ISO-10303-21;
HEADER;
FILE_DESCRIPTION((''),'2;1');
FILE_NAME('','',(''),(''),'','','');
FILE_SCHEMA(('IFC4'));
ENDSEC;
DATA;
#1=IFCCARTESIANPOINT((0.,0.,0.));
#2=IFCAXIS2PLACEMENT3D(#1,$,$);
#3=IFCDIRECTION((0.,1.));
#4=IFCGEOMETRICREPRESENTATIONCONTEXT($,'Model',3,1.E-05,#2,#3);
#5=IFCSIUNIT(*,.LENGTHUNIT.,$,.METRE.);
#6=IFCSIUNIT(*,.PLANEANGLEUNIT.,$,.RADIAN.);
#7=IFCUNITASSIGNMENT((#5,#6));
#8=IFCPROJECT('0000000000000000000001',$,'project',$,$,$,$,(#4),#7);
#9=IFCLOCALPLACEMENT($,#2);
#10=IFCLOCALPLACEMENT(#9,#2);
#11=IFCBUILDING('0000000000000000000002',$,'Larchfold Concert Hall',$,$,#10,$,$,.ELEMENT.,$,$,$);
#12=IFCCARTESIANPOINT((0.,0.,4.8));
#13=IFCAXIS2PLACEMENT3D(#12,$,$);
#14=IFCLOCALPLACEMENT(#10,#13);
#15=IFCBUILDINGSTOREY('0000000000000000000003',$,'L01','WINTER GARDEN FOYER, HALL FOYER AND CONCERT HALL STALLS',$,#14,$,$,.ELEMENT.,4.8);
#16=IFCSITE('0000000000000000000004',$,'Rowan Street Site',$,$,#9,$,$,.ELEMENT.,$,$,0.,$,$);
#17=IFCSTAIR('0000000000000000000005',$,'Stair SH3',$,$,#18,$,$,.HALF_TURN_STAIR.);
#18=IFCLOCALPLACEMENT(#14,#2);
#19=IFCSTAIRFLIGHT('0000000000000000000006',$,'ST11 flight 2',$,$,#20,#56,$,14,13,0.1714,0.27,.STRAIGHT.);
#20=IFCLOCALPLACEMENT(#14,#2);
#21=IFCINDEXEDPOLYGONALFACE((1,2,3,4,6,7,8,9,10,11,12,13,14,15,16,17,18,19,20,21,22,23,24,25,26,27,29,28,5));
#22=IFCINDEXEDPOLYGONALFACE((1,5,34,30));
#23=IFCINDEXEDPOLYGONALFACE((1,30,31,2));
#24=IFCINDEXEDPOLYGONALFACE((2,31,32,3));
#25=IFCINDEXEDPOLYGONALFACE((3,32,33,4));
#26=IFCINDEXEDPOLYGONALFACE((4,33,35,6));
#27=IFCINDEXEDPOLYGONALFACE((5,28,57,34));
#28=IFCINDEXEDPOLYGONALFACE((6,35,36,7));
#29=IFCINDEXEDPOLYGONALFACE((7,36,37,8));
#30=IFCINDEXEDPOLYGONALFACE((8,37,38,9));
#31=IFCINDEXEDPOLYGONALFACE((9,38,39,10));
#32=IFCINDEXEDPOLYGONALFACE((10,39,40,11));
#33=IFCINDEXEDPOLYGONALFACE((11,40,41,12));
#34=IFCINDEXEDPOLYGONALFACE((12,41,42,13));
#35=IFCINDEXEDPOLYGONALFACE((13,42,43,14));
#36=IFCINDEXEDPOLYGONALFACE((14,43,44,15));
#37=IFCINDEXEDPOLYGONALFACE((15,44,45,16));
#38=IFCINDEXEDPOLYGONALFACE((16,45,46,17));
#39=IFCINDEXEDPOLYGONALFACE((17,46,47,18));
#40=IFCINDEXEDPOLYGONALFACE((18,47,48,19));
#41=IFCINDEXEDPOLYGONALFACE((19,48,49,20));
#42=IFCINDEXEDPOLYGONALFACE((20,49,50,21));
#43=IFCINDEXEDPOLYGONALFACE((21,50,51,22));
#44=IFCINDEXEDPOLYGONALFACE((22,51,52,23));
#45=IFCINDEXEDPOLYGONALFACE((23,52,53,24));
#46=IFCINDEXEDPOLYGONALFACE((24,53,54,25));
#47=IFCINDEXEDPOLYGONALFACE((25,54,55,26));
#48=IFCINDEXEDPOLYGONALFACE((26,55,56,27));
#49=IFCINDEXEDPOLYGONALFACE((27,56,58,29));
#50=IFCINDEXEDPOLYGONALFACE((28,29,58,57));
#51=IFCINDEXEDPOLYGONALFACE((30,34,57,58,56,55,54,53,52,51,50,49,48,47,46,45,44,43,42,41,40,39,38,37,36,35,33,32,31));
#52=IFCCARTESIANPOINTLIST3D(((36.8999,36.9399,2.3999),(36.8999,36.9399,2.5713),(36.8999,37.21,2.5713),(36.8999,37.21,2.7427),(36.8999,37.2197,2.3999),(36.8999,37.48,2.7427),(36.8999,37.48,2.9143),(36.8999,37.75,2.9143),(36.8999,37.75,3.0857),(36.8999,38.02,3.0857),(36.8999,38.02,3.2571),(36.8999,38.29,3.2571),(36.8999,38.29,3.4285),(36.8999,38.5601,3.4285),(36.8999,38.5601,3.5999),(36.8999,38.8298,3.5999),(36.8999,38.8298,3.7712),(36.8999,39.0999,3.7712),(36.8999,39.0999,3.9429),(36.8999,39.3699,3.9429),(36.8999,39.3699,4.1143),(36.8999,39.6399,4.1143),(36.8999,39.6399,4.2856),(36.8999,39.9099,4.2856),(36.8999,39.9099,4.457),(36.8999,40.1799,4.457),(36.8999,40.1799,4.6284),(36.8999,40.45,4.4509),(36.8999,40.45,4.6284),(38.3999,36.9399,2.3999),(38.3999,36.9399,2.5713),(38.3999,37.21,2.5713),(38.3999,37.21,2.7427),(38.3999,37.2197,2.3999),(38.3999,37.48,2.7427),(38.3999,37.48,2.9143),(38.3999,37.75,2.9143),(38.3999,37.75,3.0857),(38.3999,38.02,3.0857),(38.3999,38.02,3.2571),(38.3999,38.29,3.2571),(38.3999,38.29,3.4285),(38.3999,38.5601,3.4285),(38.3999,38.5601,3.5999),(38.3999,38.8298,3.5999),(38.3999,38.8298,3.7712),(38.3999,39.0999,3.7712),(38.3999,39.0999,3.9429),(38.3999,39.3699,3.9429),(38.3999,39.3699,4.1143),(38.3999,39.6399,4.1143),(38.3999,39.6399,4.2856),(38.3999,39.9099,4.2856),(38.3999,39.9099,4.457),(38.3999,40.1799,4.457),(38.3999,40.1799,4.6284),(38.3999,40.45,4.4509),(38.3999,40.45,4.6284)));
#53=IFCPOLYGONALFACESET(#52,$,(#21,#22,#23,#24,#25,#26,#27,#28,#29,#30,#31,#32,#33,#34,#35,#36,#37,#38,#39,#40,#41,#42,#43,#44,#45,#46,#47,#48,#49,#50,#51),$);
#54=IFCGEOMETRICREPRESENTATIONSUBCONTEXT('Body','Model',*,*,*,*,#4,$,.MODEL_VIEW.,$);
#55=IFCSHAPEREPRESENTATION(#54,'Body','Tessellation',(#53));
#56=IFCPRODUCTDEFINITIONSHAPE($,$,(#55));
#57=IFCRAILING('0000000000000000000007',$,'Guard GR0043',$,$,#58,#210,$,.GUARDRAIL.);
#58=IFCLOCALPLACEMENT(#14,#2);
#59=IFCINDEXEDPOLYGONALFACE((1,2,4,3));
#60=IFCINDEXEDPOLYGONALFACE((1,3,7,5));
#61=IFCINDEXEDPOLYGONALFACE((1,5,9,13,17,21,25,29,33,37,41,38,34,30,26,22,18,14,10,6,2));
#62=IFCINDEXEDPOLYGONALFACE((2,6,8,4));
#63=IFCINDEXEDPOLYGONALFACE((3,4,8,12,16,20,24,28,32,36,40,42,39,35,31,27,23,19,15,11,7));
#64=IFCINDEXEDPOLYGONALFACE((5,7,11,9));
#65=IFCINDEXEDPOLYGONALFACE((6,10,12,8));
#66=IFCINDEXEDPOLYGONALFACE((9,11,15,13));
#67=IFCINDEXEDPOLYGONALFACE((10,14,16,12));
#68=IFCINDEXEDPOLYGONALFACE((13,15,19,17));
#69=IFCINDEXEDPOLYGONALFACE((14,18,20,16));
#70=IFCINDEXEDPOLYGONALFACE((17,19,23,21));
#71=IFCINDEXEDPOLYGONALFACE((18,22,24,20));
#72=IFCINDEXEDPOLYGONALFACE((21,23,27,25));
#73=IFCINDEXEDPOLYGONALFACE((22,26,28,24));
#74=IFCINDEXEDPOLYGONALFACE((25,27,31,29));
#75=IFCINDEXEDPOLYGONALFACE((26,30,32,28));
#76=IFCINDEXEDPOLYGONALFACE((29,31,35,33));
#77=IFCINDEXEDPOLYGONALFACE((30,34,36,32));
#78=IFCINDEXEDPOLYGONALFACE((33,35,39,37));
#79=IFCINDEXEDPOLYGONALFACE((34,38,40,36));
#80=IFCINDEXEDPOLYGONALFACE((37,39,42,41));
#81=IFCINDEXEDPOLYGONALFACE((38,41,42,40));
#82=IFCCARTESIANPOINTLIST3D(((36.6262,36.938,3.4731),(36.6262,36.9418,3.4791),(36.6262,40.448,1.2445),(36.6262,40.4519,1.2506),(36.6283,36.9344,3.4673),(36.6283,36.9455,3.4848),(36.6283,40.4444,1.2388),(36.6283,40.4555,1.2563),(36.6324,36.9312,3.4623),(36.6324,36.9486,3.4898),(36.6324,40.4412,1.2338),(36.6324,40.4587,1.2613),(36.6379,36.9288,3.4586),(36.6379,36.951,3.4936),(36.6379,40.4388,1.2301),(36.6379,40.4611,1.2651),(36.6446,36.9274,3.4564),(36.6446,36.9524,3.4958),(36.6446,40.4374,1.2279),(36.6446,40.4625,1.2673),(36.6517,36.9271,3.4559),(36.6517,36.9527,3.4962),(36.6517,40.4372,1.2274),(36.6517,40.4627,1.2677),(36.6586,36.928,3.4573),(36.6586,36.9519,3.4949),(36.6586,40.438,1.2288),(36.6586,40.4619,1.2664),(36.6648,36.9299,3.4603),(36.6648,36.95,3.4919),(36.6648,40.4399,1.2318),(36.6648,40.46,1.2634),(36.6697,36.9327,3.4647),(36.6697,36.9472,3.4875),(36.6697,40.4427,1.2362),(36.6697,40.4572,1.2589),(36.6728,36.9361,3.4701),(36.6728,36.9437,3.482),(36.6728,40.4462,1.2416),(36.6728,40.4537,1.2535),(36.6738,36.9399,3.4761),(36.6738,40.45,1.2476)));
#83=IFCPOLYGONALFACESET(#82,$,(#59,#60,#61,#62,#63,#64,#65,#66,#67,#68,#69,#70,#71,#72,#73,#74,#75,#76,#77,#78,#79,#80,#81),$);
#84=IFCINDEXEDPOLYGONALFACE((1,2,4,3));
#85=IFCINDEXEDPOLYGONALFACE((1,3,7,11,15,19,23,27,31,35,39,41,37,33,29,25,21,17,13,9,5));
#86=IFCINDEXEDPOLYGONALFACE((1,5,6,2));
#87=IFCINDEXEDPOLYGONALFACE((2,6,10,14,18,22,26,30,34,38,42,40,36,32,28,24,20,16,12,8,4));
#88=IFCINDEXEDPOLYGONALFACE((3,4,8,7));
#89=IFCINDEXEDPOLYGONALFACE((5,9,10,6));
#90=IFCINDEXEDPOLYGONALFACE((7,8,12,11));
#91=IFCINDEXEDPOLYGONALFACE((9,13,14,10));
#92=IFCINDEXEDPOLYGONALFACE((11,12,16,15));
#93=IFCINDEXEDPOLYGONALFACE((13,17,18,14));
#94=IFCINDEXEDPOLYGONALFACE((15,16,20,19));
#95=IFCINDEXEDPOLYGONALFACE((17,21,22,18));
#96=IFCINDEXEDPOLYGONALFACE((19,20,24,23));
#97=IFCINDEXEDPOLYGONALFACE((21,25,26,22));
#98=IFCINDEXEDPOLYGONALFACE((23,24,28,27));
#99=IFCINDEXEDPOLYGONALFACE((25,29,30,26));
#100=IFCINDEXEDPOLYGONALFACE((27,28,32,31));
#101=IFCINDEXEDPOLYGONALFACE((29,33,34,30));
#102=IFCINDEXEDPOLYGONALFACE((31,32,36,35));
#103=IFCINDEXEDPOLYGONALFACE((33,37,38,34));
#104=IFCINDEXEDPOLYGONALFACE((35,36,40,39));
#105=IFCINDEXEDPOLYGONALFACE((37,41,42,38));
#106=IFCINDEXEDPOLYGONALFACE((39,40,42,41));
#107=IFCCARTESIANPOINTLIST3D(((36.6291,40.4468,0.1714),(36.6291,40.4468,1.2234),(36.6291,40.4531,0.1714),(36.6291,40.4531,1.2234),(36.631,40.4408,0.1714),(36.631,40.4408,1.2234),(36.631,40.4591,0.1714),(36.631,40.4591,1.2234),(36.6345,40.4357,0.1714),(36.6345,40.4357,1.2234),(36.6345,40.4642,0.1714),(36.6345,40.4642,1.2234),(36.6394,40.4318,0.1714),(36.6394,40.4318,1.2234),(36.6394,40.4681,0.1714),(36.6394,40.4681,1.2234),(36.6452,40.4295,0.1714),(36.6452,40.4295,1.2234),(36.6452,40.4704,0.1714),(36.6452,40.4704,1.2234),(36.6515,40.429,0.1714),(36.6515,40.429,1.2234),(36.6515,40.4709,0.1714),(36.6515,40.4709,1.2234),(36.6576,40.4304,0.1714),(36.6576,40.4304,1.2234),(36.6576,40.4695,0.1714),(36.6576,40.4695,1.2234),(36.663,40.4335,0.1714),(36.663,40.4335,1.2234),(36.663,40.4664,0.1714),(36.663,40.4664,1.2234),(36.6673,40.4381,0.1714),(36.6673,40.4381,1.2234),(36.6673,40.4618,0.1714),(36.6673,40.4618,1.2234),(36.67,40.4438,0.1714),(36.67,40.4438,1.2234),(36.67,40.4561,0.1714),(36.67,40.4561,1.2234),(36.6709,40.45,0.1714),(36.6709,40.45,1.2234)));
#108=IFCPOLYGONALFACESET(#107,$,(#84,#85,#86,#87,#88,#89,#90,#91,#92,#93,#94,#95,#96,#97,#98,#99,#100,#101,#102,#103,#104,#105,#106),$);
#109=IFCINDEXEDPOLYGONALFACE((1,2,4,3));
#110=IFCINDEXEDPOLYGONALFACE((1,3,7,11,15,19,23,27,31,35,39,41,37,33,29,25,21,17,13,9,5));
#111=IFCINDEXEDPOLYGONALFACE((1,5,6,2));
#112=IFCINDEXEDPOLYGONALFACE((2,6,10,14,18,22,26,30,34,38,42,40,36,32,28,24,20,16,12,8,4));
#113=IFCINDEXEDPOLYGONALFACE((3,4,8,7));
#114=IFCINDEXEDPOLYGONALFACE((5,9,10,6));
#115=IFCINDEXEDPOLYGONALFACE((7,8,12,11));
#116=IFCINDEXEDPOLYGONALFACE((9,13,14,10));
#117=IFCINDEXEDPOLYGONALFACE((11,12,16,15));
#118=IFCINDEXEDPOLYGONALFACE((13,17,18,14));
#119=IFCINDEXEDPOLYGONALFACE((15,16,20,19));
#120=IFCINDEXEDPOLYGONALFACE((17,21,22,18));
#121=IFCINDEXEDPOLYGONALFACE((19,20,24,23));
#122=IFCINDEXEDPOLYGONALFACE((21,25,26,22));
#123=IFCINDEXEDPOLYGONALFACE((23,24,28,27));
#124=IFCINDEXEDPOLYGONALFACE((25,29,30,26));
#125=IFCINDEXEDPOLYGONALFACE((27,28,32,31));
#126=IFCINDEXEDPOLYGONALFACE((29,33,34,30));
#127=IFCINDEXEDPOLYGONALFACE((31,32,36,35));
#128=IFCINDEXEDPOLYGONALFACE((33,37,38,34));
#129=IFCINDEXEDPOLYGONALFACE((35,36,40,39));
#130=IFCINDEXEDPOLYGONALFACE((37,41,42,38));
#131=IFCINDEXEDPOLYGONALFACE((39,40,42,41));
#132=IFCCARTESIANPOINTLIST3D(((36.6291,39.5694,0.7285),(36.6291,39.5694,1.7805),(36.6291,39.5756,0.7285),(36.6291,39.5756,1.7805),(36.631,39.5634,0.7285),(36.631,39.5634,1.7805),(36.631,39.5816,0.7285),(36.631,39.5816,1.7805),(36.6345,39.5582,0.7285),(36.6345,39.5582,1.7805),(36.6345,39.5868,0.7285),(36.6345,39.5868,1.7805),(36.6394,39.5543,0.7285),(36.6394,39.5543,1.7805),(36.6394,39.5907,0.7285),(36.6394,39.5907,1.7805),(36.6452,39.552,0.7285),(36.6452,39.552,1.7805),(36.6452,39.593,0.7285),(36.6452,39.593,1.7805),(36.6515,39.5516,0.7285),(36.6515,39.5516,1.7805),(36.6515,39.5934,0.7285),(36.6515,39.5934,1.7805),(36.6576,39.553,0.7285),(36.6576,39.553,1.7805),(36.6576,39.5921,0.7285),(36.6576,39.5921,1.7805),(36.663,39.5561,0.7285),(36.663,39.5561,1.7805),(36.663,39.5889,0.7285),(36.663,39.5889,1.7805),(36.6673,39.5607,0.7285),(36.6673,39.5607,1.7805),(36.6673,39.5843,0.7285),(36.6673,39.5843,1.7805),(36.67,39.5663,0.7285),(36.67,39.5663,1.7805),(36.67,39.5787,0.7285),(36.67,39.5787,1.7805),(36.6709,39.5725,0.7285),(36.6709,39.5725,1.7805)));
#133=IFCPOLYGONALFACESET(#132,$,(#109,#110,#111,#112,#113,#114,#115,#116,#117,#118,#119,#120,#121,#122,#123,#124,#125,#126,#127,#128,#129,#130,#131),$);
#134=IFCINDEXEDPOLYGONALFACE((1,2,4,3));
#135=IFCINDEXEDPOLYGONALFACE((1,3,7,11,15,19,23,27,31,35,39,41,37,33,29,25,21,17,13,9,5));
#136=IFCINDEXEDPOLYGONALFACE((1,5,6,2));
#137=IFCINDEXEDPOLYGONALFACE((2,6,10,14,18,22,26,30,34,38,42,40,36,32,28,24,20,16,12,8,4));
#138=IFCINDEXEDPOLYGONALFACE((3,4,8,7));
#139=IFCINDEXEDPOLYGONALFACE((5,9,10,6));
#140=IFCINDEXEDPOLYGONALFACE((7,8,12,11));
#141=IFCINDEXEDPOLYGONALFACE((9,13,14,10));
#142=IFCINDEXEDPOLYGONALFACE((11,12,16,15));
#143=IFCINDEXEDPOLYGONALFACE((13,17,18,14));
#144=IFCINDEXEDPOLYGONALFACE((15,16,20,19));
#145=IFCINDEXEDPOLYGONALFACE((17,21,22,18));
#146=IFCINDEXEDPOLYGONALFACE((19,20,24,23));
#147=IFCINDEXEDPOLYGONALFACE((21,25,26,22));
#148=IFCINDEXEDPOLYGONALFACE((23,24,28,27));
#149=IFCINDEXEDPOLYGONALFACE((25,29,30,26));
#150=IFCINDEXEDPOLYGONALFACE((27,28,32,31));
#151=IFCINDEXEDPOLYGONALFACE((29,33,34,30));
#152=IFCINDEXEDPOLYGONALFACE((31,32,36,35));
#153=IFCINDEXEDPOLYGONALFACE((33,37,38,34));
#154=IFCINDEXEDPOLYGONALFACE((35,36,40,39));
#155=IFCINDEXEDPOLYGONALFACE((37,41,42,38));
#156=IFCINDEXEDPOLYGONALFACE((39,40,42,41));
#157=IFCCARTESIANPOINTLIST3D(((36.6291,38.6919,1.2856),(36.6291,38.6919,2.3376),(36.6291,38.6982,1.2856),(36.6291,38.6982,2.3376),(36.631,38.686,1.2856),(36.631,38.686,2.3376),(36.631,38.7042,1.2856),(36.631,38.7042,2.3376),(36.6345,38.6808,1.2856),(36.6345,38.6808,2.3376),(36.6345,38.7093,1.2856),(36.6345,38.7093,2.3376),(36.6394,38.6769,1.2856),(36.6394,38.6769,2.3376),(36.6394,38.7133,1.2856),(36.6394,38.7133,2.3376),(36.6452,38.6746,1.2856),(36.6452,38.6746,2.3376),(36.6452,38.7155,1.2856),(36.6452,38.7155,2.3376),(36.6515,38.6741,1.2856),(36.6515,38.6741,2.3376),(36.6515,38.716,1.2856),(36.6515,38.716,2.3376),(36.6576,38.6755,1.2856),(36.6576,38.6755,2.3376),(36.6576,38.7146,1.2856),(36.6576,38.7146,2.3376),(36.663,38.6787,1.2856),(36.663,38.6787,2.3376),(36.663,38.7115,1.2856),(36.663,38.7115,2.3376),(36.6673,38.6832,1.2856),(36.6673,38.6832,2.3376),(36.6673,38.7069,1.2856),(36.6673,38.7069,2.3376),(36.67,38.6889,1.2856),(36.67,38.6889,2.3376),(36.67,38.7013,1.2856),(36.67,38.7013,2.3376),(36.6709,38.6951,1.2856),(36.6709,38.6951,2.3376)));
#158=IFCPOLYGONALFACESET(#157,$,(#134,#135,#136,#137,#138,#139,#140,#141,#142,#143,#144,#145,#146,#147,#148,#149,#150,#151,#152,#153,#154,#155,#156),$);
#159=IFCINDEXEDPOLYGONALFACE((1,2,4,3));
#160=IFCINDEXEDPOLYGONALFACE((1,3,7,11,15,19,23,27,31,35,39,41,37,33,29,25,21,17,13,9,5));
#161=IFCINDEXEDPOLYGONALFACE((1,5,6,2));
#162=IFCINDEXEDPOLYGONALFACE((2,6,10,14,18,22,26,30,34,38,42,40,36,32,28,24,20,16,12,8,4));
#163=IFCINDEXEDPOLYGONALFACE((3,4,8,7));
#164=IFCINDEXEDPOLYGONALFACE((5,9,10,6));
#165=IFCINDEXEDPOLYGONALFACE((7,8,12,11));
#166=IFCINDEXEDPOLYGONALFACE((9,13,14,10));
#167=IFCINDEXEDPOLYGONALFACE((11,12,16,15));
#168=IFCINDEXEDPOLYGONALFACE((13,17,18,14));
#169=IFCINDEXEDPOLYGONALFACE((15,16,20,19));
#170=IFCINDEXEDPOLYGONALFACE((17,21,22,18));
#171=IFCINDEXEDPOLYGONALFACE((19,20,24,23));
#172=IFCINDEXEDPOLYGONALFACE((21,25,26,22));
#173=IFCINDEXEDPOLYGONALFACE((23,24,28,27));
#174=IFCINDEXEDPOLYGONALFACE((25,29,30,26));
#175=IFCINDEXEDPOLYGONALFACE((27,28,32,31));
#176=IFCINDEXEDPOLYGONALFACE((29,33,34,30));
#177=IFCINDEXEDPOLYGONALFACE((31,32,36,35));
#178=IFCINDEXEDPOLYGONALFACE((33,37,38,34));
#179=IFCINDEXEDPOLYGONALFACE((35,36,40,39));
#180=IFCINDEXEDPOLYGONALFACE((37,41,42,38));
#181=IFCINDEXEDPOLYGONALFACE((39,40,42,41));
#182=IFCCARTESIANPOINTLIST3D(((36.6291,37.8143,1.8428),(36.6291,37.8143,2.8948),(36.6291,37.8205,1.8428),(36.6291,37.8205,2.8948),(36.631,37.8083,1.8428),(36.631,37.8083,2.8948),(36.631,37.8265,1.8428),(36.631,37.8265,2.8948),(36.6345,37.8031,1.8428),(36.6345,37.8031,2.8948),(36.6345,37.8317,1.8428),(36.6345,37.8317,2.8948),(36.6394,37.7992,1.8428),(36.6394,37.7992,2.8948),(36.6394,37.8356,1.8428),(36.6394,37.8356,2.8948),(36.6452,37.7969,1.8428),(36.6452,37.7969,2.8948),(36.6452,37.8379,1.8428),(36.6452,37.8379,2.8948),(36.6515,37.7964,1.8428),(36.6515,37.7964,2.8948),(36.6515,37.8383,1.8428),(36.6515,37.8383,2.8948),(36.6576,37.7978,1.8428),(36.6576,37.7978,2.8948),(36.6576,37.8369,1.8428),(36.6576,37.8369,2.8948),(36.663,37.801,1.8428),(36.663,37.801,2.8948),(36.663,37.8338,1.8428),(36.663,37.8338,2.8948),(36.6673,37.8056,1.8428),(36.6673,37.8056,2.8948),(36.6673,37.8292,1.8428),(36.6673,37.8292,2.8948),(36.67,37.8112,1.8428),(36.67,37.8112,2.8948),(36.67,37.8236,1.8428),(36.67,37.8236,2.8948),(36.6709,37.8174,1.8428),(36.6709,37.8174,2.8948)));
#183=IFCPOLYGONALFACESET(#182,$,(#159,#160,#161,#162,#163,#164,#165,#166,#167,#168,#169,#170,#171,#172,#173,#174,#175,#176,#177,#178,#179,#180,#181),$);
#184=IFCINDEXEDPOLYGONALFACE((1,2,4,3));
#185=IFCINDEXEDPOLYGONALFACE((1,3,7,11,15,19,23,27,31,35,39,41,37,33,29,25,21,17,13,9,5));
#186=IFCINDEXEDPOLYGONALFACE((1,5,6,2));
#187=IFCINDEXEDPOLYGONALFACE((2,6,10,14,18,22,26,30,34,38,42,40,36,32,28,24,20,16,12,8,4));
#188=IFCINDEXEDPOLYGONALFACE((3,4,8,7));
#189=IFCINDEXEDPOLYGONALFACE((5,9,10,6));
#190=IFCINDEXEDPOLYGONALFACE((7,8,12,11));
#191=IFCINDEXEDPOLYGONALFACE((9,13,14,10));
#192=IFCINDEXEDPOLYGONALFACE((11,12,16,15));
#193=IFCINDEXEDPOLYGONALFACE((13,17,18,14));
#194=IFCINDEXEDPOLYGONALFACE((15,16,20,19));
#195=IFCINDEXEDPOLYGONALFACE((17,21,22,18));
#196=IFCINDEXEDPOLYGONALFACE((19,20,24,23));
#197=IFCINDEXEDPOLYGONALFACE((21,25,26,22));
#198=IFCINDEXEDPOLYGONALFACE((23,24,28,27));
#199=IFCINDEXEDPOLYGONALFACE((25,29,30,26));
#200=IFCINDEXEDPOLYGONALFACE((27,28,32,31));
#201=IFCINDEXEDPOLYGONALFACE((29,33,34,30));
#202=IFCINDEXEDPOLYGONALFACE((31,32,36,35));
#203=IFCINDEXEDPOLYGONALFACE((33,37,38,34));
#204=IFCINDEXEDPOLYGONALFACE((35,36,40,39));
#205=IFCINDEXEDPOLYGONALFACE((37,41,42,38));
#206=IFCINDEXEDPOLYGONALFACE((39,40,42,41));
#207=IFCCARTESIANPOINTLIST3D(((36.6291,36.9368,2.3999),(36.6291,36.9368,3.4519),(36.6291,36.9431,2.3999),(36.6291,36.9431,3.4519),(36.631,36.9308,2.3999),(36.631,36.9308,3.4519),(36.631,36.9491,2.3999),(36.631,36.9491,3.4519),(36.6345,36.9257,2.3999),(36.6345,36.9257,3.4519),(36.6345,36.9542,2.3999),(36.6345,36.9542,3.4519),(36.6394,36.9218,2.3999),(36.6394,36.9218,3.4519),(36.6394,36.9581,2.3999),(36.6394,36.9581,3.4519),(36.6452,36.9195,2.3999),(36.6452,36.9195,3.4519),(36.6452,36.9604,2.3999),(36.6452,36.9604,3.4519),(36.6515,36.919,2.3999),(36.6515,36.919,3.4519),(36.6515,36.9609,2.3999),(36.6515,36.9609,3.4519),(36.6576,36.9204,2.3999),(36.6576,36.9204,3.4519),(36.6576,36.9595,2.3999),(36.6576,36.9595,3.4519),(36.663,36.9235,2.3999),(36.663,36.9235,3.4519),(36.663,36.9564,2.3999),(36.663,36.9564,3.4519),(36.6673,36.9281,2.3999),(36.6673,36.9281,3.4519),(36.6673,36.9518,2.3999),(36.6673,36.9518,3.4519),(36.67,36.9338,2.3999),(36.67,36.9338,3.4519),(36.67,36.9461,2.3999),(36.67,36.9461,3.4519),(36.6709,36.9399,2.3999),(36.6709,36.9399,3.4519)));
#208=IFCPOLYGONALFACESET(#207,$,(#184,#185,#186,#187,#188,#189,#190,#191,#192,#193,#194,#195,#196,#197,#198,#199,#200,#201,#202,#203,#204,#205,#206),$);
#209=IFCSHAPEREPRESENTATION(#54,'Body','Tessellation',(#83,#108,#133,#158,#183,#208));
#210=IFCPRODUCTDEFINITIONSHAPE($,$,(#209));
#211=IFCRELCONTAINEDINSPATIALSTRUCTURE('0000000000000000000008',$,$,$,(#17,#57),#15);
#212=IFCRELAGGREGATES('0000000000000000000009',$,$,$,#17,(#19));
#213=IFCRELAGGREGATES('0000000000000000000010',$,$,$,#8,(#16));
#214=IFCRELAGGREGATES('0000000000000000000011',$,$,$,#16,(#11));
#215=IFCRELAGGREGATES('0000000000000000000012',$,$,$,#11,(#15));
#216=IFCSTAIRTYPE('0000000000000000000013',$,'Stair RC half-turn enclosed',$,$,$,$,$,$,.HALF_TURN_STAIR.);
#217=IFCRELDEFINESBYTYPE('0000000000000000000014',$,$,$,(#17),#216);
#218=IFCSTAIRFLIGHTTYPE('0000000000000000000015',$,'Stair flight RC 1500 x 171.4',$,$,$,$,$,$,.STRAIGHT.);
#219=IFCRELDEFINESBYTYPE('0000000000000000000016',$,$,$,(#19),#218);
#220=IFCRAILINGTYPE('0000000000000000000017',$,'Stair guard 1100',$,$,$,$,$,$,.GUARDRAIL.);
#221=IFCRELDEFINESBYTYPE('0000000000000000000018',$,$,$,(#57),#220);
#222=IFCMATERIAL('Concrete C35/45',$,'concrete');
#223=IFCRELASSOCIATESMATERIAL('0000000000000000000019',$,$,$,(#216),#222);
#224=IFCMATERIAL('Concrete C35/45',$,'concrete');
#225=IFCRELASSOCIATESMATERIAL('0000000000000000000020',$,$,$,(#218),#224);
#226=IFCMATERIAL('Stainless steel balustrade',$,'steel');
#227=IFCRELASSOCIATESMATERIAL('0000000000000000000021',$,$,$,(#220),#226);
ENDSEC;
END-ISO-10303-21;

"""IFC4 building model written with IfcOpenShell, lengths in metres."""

from ifc_helpers import new_model, si_unit, direction, frame, origin, origin_2d, place, context, subcontext, project, spatial, polyline, circle, outline, extrude, material, type_object, element, aggregate, save


model = new_model("IFC4")

# Units and contexts
model_context = context("Model", 3, precision=1e-05, world=origin(), true_north=direction((0.0, 1.0)))
body_context = subcontext(model_context, "Body", "Model", "MODEL_VIEW")
ifc_project = project(units=[si_unit("LENGTHUNIT", "METRE"), si_unit("PLANEANGLEUNIT", "RADIAN")], contexts=[model_context])

# Site, building, storey
site_placement = place(None, origin())
site = spatial("IfcSite", under=ifc_project, at=site_placement, Name="Rowan Street Site", CompositionType="ELEMENT", RefElevation=0.0)
building_placement = place(site_placement, origin())
building = spatial("IfcBuilding", under=site, at=building_placement, Name="Larchfold Concert Hall", CompositionType="ELEMENT")
storey_placement = place(building_placement, frame((0.0, 0.0, 4.8)))
storey = spatial("IfcBuildingStorey", under=building, at=storey_placement, Name="L01", Description="WINTER GARDEN FOYER, HALL FOYER AND CONCERT HALL STALLS", CompositionType="ELEMENT", Elevation=4.8)

# Stair, stair flight
ifc_material_1 = material(Name="Concrete C35/45", Category="concrete")
stair_type = type_object("IfcStairType", Name="Stair RC half-turn enclosed", PredefinedType="HALF_TURN_STAIR", material=ifc_material_1)
stair_placement = place(storey_placement, origin())
stair = element("IfcStair", 1, at=stair_placement, inside=storey, type_object=stair_type, Name="Stair SH3", PredefinedType="HALF_TURN_STAIR")
ifc_material_2 = material(Name="Concrete C35/45", Category="concrete")
stair_flight_type = type_object("IfcStairFlightType", Name="Stair flight RC 1500 x 171.4", PredefinedType="STRAIGHT", material=ifc_material_2)
stair_flight_1_placement = place(storey_placement, frame((37.6499, 36.9399, 2.3999), z_axis=(0.0, 0.0, 1.0), x_axis=(0.0, 1.0, 0.0)))
stair_flight_1 = element("IfcStairFlight", 2, at=stair_flight_1_placement, type_object=stair_flight_type, Name="ST11 flight 2", NumberOfRisers=14, NumberOfTreads=13, PredefinedType="STRAIGHT", RiserHeight=0.1714, TreadLength=0.27, context=body_context, shape_type="SweptSolid", body=[
    extrude(outline(polyline([(0.0, 0.0), (0.0, 0.1714), (0.27, 0.1714), (0.27, 0.3428), (0.54, 0.3428), (0.54, 0.5144), (0.8101, 0.5144), (0.8101, 0.6858), (1.0801, 0.6858), (1.0801, 0.8572), (1.3501, 0.8572), (1.3501, 1.0286), (1.6201, 1.0286), (1.6201, 1.2), (1.8899, 1.2), (1.8899, 1.3713), (2.1599, 1.3713), (2.1599, 1.543), (2.4299, 1.543), (2.4299, 1.7144), (2.7, 1.7144), (2.7, 1.8857), (2.97, 1.8857), (2.97, 2.0571), (3.24, 2.0571), (3.24, 2.2285), (3.51, 2.2285), (3.51, 2.3999), (3.51, 2.051), (0.2798, 0.0), (0.0, 0.0)])), frame((0.0, 0.75, 0.0), z_axis=(0.0, -1.0, 0.0), x_axis=(1.0, 0.0, 0.0)), (0.0, 0.0, 1.0), 1.5),
])
aggregate(stair, [stair_flight_1])

# Railing
ifc_material_3 = material(Name="Stainless steel balustrade", Category="steel")
railing_type_1 = type_object("IfcRailingType", Name="Stair guard 1100", PredefinedType="GUARDRAIL", material=ifc_material_3)
railing_1_placement = place(storey_placement, frame((36.6499, 40.45, 0.1714)))
element("IfcRailing", 3, at=railing_1_placement, inside=storey, type_object=railing_type_1, Name="Guard GR0043", PredefinedType="GUARDRAIL", context=body_context, shape_type="SweptSolid", body=[
    extrude(circle(Radius=0.0239, at=origin_2d()), frame((0.0, 0.0, 1.0762), z_axis=(0.0, -0.84422, 0.535998), x_axis=(1.0, 0.0, 0.0)), (0.0, 0.0, 1.0), 4.1577),
    extrude(circle(Radius=0.021, at=origin_2d()), origin(), (0.0, 0.0, 1.0), 1.052),
    extrude(circle(Radius=0.021, at=origin_2d()), frame((0.0, -0.8774, 0.5571)), (0.0, 0.0, 1.0), 1.052),
    extrude(circle(Radius=0.021, at=origin_2d()), frame((0.0, -1.7549, 1.1143)), (0.0, 0.0, 1.0), 1.052),
    extrude(circle(Radius=0.021, at=origin_2d()), frame((0.0, -2.6326, 1.6714)), (0.0, 0.0, 1.0), 1.052),
    extrude(circle(Radius=0.021, at=origin_2d()), frame((0.0, -3.51, 2.2285)), (0.0, 0.0, 1.0), 1.052),
])

save(model, "model.ifc")
